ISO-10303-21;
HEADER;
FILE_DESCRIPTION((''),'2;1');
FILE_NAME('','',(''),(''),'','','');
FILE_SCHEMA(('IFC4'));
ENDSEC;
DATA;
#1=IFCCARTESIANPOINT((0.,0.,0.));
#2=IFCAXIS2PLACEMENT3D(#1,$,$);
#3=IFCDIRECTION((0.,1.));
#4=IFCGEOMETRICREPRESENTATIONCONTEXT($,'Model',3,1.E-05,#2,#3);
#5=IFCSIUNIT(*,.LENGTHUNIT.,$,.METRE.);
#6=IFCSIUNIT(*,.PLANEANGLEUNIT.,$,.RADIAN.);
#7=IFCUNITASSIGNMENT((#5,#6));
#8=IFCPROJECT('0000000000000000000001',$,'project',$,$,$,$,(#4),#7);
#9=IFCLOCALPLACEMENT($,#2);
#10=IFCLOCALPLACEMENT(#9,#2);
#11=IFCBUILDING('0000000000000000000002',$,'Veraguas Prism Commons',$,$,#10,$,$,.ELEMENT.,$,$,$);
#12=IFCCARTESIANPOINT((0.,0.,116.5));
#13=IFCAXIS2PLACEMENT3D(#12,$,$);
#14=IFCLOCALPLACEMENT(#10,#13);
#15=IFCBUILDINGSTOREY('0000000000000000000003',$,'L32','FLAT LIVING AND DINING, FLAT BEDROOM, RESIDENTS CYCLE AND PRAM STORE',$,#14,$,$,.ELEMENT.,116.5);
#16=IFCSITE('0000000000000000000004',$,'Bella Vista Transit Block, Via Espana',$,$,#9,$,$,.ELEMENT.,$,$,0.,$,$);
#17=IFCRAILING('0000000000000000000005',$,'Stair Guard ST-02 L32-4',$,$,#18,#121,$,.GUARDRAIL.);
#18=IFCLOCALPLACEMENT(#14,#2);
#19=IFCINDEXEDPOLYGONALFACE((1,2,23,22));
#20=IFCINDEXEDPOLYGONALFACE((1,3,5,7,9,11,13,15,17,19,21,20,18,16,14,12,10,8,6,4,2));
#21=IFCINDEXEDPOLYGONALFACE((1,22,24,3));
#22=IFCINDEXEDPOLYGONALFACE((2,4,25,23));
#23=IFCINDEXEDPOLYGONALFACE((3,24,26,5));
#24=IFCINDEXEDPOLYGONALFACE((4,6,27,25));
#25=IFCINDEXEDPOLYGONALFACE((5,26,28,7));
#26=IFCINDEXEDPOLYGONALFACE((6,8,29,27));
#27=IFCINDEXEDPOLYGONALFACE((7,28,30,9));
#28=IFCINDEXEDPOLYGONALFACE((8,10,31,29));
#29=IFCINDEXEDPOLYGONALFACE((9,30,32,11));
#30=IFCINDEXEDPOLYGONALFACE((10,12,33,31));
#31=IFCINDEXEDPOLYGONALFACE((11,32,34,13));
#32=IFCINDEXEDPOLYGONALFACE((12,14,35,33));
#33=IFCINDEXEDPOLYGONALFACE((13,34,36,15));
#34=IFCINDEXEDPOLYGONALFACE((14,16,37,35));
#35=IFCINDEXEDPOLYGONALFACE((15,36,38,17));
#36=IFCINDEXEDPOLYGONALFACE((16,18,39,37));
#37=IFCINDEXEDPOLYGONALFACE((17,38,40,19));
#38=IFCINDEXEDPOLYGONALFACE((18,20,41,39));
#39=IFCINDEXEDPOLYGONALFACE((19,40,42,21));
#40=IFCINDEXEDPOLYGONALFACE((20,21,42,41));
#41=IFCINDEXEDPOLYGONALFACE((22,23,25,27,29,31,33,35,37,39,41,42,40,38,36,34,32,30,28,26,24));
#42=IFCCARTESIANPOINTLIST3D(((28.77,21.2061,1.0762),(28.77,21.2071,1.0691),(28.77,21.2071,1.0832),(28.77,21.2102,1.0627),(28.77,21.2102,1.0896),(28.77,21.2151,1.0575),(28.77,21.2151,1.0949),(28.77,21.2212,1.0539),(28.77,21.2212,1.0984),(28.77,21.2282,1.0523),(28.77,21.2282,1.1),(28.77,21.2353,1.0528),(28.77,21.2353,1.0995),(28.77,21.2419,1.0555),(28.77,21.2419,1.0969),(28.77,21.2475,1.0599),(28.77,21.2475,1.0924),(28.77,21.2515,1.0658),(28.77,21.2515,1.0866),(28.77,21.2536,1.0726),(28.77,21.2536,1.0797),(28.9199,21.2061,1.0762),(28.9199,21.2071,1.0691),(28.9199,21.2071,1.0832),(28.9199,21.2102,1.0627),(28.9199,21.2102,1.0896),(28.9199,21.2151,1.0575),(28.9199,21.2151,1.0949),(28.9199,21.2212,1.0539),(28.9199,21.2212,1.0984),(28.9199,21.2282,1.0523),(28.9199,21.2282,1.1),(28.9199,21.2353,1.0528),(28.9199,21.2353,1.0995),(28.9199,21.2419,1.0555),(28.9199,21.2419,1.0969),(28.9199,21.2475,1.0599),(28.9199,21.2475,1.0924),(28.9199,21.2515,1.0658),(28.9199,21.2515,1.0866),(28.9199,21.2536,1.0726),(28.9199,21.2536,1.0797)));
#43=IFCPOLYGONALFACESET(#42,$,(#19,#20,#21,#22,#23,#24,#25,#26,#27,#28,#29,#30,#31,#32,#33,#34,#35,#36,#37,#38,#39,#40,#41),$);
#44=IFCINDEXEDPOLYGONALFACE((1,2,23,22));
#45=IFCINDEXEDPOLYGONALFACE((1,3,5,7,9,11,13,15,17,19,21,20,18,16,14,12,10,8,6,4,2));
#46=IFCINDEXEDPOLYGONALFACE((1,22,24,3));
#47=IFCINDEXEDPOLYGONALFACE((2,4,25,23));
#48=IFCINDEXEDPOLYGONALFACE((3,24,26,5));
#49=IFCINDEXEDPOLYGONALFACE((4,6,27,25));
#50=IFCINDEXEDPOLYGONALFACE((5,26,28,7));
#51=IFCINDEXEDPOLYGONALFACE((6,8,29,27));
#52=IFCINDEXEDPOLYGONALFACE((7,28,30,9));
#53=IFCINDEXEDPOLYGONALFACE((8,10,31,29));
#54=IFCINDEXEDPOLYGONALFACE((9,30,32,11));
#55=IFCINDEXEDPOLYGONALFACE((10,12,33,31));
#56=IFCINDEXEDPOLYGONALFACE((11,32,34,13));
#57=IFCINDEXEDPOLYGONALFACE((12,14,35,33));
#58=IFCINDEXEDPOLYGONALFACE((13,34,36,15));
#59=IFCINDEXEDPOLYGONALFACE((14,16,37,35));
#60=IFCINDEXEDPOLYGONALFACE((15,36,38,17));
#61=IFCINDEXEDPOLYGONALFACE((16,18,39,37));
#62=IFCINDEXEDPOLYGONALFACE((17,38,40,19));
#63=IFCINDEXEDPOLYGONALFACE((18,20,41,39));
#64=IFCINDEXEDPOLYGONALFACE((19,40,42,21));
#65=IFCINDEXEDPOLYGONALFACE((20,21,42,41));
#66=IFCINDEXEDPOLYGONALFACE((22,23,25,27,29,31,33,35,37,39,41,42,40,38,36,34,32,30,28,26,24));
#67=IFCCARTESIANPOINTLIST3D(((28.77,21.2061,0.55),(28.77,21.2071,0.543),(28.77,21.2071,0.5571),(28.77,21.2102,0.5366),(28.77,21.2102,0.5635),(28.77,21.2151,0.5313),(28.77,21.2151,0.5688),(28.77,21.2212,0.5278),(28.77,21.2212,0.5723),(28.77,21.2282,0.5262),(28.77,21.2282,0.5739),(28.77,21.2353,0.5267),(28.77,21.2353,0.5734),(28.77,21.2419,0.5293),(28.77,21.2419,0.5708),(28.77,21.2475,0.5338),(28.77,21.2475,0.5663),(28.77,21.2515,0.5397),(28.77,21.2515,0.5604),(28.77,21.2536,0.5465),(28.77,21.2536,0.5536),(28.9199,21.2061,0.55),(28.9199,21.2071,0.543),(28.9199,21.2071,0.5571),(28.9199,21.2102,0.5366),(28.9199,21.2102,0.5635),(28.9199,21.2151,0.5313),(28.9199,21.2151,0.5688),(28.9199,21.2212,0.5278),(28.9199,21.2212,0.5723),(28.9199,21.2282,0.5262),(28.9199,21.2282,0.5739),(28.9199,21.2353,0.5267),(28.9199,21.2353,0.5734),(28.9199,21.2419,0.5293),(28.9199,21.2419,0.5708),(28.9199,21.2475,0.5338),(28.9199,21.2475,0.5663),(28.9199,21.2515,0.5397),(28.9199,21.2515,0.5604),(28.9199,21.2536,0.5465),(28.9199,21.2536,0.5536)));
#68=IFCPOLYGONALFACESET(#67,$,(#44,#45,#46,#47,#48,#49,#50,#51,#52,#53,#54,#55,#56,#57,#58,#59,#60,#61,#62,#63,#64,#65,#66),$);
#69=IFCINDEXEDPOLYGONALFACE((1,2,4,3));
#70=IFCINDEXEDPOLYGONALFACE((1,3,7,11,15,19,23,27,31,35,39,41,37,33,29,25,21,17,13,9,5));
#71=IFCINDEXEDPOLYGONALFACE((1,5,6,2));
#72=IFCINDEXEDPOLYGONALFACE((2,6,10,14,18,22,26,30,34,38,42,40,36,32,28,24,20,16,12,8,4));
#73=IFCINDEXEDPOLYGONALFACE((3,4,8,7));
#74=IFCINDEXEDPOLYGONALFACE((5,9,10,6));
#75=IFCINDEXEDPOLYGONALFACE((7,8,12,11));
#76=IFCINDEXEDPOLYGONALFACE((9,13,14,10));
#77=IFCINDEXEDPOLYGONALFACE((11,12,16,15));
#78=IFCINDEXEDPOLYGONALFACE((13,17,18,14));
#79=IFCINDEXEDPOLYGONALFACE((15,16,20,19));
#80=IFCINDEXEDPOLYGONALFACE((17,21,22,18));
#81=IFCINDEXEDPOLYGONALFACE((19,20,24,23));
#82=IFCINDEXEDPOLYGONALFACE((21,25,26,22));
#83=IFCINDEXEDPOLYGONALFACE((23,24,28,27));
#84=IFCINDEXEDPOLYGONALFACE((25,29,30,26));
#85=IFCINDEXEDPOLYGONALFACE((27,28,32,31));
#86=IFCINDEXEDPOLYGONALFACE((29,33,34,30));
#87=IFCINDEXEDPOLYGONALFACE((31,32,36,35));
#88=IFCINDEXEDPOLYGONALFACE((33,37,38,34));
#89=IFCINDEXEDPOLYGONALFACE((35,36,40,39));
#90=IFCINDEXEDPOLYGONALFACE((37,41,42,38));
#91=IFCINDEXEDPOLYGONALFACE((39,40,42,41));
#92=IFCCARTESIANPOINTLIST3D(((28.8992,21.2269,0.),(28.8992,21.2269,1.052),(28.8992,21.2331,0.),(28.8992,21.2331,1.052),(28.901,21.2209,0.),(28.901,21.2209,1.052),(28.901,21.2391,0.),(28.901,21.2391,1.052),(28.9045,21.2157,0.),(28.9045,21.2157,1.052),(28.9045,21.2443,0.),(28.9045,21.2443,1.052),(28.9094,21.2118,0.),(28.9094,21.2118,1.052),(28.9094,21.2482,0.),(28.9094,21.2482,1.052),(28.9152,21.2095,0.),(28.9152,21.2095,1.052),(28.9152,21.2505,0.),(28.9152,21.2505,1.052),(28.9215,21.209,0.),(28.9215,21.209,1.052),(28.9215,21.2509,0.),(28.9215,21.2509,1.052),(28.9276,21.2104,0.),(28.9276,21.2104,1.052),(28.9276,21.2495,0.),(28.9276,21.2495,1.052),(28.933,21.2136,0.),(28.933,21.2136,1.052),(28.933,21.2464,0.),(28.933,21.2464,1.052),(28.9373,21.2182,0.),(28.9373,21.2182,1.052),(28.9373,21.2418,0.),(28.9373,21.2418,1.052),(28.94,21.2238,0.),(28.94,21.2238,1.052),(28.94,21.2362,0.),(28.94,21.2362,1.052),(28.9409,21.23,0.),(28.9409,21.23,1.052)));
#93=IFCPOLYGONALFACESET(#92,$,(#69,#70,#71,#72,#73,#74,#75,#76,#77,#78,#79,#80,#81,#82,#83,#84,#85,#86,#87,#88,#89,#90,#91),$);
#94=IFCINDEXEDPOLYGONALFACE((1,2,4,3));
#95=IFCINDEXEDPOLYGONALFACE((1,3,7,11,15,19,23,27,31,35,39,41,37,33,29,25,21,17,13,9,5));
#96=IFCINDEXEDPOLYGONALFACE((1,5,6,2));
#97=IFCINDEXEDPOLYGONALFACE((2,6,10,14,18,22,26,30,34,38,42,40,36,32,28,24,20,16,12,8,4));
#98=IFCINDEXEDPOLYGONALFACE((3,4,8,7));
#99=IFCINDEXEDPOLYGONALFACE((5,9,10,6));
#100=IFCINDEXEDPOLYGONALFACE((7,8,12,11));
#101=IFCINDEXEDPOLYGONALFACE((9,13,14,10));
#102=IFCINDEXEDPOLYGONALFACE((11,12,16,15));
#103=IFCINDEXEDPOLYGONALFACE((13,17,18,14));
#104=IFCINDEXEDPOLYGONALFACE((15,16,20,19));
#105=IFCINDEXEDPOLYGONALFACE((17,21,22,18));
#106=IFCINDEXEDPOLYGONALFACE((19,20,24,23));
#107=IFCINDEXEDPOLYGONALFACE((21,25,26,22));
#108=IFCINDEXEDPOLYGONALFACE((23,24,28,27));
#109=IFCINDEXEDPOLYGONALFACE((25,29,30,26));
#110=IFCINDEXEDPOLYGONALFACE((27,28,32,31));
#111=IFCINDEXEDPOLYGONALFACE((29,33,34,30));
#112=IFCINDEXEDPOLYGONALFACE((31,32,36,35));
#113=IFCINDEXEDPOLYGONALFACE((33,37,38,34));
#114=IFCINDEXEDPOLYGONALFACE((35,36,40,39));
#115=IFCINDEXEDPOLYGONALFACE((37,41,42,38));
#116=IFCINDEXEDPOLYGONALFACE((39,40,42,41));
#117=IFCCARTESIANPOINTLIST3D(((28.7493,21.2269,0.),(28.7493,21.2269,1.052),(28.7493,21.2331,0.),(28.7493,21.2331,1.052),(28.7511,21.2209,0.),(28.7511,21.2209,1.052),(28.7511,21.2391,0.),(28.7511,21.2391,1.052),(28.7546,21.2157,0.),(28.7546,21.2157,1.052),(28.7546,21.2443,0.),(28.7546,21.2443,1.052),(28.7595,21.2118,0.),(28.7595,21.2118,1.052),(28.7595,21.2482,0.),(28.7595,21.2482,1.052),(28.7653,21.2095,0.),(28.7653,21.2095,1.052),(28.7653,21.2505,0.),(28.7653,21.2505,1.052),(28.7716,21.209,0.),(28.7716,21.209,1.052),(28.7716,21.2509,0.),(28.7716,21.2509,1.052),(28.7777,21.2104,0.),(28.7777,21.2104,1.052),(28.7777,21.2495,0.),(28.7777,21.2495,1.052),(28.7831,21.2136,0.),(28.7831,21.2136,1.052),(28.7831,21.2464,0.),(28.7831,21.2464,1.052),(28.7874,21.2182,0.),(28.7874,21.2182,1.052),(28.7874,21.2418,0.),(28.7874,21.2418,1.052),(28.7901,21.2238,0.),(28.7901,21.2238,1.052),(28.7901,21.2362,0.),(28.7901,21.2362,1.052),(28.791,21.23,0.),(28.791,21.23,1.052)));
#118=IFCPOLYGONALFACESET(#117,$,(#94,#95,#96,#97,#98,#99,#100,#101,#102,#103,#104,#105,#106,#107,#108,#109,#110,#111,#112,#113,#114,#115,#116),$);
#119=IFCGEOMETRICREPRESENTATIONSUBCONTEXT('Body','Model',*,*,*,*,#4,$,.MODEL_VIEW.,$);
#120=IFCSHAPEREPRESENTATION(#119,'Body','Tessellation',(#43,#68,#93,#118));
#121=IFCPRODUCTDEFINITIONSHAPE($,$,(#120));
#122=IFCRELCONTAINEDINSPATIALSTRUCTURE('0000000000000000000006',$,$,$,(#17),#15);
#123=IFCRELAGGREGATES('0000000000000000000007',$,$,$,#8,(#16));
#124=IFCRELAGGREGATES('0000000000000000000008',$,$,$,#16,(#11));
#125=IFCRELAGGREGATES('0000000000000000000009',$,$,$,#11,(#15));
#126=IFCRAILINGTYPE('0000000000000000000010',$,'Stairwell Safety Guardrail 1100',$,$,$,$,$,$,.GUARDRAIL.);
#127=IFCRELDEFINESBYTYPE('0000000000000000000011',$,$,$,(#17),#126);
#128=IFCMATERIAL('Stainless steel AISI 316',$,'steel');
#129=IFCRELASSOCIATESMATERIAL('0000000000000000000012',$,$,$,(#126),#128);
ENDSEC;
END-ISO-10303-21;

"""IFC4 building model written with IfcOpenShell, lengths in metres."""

from ifc_helpers import new_model, si_unit, direction, frame, origin, origin_2d, place, context, subcontext, project, spatial, circle, extrude, material, type_object, element, save


model = new_model("IFC4")

# Units and contexts
model_context = context("Model", 3, precision=1e-05, world=origin(), true_north=direction((0.0, 1.0)))
body_context = subcontext(model_context, "Body", "Model", "MODEL_VIEW")
ifc_project = project(units=[si_unit("LENGTHUNIT", "METRE"), si_unit("PLANEANGLEUNIT", "RADIAN")], contexts=[model_context])

# Site, building, storey
site_placement = place(None, origin())
site = spatial("IfcSite", under=ifc_project, at=site_placement, Name="Bella Vista Transit Block, Via Espana", CompositionType="ELEMENT", RefElevation=0.0)
building_placement = place(site_placement, origin())
building = spatial("IfcBuilding", under=site, at=building_placement, Name="Veraguas Prism Commons", CompositionType="ELEMENT")
storey_placement = place(building_placement, frame((0.0, 0.0, 116.5)))
storey = spatial("IfcBuildingStorey", under=building, at=storey_placement, Name="L32", Description="FLAT LIVING AND DINING, FLAT BEDROOM, RESIDENTS CYCLE AND PRAM STORE", CompositionType="ELEMENT", Elevation=116.5)

# Shared definitions
ifc_material_1 = material(Name="Stainless steel AISI 316", Category="steel")

# Railing
railing_type_1 = type_object("IfcRailingType", Name="Stairwell Safety Guardrail 1100", PredefinedType="GUARDRAIL", material=ifc_material_1)
railing_1_placement = place(storey_placement, frame((28.9199, 21.23, 0.0)))
element("IfcRailing", 1, at=railing_1_placement, inside=storey, type_object=railing_type_1, Name="Stair Guard ST-02 L32-4", PredefinedType="GUARDRAIL", context=body_context, shape_type="SweptSolid", body=[
    extrude(circle(Radius=0.0239, at=origin_2d()), frame((0.0, 0.0, 1.0762), z_axis=(-1.0, 0.0, 0.0), x_axis=(0.0, -1.0, 0.0)), (0.0, 0.0, 1.0), 0.1499),
    extrude(circle(Radius=0.0239, at=origin_2d()), frame((0.0, 0.0, 0.55), z_axis=(-1.0, 0.0, 0.0), x_axis=(0.0, -1.0, 0.0)), (0.0, 0.0, 1.0), 0.1499),
    extrude(circle(Radius=0.021, at=origin_2d()), origin(), (0.0, 0.0, 1.0), 1.052),
    extrude(circle(Radius=0.021, at=origin_2d()), frame((-0.1499, 0.0, 0.0)), (0.0, 0.0, 1.0), 1.052),
])

save(model, "model.ifc")
